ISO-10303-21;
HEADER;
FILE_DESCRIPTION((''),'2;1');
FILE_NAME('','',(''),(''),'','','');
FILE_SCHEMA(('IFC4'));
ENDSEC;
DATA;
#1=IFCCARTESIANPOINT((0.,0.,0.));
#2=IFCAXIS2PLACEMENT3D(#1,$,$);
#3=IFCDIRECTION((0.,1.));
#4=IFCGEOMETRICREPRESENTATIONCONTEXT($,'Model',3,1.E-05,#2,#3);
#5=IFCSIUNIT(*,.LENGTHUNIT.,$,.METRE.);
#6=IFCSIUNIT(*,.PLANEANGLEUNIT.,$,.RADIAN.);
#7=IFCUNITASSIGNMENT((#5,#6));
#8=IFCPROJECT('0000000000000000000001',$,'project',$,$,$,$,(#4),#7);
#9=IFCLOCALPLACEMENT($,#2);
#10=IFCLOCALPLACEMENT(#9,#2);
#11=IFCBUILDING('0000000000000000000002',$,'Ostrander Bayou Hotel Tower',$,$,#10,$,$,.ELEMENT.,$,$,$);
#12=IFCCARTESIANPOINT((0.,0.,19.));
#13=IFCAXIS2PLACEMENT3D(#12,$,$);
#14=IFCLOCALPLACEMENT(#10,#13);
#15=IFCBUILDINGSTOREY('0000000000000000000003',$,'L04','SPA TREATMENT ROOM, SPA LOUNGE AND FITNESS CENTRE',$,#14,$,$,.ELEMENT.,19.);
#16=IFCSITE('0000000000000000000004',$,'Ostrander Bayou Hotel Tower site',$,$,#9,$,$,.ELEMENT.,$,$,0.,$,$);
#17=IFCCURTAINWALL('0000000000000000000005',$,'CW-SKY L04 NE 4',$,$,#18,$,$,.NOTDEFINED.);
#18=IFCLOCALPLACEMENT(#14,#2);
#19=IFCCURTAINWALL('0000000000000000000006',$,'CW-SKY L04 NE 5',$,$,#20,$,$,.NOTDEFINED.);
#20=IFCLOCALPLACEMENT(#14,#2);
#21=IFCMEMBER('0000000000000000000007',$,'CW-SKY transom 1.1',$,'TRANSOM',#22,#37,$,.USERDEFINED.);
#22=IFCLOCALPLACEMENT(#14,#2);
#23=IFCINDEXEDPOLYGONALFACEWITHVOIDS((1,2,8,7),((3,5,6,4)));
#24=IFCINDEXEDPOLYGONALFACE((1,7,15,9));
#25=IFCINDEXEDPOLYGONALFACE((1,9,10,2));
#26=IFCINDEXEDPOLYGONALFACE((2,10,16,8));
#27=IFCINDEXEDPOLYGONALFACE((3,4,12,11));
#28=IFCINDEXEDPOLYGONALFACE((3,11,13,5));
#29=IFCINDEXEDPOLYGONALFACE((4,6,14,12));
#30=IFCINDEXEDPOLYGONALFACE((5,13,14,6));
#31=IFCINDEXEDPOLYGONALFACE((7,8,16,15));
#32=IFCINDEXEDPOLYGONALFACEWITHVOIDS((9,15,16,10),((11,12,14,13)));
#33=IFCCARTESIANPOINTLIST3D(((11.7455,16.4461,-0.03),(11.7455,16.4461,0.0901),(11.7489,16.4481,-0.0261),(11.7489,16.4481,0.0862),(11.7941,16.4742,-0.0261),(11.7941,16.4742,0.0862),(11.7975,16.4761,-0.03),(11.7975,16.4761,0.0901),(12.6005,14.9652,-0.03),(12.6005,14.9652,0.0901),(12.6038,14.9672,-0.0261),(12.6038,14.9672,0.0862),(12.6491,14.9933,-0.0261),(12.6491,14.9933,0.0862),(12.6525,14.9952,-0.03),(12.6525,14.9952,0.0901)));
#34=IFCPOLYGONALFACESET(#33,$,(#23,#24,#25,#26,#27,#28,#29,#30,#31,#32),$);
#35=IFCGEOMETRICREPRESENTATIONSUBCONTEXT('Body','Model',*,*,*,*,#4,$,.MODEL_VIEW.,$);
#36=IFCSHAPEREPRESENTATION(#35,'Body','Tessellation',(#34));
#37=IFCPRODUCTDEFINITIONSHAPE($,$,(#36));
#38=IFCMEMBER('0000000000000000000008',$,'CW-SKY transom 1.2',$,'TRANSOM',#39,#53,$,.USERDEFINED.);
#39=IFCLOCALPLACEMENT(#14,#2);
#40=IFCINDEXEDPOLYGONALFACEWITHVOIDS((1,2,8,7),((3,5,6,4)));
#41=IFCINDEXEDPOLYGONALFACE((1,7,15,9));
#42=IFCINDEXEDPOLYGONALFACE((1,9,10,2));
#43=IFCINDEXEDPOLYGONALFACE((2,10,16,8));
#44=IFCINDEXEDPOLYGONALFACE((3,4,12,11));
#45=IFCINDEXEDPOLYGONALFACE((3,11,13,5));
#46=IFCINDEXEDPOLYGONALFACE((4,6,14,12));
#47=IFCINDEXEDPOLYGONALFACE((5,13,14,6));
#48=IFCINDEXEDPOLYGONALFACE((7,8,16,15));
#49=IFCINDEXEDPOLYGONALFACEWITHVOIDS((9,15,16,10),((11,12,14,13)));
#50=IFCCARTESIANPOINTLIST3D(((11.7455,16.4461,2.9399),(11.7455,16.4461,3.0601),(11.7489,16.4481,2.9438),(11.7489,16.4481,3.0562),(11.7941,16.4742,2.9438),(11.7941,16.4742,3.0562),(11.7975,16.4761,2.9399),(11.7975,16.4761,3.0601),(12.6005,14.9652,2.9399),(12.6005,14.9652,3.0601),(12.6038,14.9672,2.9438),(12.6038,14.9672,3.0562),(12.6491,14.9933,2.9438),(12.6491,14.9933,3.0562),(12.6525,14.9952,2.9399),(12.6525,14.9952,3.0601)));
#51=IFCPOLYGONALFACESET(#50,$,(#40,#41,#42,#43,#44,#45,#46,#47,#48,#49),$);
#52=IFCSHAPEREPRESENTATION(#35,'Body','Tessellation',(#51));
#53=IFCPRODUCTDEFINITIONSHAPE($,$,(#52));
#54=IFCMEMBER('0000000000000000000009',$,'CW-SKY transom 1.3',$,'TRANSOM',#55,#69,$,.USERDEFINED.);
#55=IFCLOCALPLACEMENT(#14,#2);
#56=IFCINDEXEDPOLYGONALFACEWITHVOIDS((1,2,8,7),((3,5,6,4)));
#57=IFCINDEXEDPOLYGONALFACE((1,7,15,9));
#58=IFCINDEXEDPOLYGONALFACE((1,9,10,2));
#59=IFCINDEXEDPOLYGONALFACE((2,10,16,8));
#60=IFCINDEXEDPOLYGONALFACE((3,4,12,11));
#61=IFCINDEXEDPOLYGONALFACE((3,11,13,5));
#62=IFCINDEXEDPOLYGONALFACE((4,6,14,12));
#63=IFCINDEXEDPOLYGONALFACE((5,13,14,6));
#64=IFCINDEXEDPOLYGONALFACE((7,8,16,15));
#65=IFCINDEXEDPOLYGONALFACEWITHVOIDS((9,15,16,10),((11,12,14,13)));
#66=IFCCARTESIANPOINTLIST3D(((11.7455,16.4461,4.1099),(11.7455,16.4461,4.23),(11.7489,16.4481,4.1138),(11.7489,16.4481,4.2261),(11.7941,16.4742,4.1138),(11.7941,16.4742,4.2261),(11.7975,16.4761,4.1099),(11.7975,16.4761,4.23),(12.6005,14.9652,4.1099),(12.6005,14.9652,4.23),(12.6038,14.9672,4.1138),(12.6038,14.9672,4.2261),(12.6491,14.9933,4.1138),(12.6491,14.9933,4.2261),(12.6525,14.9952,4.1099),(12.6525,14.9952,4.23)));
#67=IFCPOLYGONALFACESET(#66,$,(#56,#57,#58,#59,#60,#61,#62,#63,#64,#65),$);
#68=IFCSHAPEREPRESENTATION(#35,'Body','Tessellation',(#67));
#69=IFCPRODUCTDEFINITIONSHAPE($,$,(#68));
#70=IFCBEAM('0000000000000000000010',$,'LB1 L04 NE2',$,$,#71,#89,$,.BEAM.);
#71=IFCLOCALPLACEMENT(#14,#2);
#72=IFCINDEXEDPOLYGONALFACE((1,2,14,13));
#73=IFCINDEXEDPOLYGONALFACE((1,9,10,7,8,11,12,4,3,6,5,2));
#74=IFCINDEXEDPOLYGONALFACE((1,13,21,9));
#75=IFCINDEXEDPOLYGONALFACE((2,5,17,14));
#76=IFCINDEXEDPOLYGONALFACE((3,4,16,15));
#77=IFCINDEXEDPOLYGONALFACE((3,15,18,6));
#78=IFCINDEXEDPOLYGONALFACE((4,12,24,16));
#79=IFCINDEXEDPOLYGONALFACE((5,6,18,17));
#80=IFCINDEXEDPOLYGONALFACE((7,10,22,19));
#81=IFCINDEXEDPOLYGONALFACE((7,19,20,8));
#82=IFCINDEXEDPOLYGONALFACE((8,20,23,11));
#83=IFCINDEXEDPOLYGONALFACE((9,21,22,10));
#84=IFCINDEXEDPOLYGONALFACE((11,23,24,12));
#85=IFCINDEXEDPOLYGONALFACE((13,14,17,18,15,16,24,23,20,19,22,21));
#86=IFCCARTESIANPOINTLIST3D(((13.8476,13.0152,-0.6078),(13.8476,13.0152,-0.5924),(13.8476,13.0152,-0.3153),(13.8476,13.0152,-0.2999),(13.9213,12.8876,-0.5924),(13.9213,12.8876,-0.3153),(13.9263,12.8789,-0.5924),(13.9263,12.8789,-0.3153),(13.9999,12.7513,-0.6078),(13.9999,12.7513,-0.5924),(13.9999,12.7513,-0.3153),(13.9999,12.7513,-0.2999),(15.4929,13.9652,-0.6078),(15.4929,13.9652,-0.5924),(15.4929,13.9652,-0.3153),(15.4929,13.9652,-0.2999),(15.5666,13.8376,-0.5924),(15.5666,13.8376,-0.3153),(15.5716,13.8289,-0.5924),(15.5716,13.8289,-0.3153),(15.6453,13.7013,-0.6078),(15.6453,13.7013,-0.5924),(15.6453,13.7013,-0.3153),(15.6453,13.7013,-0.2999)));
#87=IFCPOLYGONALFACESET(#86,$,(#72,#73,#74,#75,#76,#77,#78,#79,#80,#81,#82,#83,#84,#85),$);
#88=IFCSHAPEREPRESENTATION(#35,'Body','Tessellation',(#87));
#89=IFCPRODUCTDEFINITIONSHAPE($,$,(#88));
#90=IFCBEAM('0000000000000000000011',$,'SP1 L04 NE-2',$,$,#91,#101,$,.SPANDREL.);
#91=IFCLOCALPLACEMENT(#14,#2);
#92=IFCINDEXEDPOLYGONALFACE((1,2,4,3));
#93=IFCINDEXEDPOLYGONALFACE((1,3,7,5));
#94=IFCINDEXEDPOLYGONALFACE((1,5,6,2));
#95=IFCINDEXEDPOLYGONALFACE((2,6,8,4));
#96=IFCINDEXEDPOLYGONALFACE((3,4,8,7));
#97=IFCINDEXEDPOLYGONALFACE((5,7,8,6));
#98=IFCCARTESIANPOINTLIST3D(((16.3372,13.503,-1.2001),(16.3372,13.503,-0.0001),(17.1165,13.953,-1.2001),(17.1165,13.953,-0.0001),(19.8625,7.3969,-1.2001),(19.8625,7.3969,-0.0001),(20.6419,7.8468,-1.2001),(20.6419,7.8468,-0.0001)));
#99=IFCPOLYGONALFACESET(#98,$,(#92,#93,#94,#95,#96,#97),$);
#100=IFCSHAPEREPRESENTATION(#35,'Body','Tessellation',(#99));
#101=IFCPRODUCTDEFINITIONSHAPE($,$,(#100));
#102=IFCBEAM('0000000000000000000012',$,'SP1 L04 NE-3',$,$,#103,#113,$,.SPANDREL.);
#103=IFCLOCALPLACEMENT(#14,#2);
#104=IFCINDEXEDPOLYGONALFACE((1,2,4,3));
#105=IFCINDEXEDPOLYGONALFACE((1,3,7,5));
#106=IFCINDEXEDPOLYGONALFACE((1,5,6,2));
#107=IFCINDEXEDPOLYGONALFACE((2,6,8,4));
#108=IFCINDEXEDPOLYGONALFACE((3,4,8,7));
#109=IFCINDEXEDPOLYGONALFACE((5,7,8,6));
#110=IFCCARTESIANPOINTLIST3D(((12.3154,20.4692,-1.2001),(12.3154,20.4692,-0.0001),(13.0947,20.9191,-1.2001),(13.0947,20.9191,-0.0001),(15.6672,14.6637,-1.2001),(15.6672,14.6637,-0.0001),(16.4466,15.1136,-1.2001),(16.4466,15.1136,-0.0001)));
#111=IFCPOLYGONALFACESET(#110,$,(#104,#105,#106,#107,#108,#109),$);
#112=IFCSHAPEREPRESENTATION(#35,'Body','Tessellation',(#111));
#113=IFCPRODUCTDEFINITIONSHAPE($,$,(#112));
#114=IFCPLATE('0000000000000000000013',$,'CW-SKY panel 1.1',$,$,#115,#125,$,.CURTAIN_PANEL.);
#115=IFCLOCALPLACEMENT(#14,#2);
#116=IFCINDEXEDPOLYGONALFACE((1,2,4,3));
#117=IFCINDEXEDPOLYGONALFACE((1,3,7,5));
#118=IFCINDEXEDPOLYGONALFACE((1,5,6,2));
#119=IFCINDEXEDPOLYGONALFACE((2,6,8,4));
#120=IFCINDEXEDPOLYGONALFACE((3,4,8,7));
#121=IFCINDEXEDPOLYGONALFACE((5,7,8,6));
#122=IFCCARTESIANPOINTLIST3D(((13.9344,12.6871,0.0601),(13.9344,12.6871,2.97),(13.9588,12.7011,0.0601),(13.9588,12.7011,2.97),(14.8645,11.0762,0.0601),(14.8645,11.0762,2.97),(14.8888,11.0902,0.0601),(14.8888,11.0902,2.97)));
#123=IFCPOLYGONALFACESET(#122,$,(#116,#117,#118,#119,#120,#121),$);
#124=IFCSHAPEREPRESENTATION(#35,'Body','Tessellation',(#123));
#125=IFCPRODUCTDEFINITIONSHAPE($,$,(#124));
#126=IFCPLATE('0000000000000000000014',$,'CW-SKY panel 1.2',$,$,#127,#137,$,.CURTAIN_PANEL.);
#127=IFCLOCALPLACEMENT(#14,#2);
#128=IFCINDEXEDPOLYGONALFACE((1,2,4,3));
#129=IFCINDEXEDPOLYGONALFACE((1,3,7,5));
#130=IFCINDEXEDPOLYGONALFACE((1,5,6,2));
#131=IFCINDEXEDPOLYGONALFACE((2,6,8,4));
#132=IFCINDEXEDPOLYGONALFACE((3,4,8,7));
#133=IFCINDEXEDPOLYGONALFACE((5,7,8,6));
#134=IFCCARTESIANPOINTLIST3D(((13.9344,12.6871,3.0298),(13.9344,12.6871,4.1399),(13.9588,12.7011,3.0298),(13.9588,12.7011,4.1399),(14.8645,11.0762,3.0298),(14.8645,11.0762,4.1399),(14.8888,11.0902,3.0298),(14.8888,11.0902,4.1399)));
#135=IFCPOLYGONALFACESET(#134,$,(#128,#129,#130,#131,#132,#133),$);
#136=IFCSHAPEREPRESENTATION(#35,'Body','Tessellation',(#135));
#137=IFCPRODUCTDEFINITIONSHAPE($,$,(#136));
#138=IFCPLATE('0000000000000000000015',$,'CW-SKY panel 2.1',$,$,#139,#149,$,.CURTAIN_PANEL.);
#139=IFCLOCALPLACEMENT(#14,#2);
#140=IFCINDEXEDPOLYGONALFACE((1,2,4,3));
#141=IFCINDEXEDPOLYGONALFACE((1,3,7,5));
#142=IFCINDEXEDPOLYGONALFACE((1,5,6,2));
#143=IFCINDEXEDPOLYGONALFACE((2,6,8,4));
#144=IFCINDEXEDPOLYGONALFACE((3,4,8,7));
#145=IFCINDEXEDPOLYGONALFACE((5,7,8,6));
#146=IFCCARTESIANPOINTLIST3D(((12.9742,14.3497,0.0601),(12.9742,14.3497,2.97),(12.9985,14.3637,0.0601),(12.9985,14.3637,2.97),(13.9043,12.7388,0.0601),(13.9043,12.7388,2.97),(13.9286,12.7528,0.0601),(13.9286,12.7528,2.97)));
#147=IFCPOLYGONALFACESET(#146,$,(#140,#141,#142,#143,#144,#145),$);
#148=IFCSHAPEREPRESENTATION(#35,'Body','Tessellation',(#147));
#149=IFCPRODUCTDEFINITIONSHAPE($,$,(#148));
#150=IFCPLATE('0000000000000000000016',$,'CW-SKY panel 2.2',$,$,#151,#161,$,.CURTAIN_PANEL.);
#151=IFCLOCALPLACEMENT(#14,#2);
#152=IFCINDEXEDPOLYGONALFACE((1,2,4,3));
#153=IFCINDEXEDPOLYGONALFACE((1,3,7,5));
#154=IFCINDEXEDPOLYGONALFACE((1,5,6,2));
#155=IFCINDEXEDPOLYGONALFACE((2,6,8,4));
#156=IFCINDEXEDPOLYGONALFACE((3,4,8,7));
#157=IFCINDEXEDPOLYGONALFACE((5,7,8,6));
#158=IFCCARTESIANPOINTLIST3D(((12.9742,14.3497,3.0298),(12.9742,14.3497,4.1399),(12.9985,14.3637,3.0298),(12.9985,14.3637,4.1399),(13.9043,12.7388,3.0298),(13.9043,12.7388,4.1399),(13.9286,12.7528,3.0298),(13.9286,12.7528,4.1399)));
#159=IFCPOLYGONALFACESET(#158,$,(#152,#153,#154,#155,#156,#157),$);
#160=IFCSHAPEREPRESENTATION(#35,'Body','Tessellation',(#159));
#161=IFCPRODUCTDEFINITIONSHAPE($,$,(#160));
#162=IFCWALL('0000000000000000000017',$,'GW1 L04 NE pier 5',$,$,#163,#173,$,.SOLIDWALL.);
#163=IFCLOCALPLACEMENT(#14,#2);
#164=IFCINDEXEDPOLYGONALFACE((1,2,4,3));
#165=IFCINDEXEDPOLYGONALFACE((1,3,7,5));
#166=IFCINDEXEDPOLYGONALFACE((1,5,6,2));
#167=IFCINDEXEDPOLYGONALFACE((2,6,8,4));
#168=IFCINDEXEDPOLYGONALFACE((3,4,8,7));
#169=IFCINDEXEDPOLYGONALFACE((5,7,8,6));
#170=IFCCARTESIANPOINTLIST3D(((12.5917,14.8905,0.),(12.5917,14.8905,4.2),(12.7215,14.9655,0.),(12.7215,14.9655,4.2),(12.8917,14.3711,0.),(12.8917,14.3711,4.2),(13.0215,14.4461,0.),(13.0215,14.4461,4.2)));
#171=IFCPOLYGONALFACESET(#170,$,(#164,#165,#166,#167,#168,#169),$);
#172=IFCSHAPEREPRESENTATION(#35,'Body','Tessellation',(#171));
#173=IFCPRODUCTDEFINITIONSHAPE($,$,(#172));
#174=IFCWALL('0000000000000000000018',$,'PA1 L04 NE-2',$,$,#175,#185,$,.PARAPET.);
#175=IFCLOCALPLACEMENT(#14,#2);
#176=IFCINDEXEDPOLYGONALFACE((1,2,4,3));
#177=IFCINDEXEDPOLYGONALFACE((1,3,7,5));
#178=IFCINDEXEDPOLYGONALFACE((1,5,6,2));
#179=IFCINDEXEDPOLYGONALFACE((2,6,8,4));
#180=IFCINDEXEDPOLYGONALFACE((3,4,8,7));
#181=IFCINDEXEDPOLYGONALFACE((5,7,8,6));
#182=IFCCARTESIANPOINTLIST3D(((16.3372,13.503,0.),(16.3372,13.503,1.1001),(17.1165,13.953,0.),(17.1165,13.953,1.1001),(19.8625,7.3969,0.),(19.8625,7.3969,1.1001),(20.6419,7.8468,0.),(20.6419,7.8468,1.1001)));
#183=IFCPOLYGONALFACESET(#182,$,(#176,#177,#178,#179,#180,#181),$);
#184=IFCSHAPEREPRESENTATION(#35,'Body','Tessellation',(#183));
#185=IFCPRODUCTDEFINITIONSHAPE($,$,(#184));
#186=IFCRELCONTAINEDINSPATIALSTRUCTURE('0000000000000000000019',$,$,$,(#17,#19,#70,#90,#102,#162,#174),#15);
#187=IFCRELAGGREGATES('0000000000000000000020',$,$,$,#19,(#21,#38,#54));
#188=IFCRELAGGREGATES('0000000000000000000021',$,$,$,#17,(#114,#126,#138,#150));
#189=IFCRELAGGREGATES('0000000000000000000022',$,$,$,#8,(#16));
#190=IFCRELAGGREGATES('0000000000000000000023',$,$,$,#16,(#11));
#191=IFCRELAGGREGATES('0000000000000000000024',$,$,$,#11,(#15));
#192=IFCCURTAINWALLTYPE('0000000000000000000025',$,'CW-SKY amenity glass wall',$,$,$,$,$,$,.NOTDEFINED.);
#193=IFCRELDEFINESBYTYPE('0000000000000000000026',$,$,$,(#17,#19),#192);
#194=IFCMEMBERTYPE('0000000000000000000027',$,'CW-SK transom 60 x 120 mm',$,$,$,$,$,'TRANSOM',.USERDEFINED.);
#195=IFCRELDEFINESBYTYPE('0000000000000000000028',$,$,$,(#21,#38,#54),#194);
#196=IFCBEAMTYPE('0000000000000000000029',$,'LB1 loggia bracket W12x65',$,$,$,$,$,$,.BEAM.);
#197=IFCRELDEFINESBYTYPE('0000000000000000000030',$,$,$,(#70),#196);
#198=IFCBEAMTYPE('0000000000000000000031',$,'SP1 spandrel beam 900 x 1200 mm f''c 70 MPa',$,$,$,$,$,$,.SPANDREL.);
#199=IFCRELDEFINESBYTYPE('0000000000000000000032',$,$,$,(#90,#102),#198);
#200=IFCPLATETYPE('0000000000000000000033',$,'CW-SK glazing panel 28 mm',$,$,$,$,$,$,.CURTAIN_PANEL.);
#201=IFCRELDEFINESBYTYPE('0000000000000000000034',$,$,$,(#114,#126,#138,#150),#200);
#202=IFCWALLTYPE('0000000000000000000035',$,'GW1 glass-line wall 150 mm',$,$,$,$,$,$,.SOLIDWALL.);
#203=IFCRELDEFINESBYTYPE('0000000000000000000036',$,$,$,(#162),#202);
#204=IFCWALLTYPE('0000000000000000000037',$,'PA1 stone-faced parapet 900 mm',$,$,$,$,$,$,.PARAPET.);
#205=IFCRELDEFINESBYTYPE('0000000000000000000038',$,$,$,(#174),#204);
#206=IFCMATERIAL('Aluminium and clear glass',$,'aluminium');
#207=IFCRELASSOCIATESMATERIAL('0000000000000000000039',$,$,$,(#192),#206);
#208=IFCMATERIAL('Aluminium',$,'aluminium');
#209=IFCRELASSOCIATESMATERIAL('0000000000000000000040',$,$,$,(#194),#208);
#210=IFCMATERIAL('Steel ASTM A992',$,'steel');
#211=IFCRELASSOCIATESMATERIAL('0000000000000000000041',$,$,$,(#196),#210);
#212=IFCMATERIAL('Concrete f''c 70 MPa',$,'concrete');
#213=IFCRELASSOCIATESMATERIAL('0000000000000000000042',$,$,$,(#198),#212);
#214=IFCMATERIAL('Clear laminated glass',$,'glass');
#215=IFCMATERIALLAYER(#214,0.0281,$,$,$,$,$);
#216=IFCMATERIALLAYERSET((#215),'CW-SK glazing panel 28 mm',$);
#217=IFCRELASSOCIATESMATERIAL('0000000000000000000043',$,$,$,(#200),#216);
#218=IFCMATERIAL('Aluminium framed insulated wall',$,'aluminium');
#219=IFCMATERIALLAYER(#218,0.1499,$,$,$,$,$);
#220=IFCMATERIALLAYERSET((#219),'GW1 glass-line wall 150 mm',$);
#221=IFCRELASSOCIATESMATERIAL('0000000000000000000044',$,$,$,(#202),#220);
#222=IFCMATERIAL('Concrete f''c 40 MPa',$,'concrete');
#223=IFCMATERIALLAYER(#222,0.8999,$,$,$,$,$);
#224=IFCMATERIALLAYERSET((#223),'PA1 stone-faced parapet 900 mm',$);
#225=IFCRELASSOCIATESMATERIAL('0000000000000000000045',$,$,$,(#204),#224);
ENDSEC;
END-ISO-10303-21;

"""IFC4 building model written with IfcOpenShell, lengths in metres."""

from ifc_helpers import new_model, si_unit, direction, frame, frame_2d, origin, origin_2d, place, context, subcontext, project, spatial, rectangle, hollow_rectangle, i_section, extrude, material, layer, layer_set, material_profile, profile_set, type_object, element, aggregate, save


model = new_model("IFC4")

# Units and contexts
model_context = context("Model", 3, precision=1e-05, world=origin(), true_north=direction((0.0, 1.0)))
body_context = subcontext(model_context, "Body", "Model", "MODEL_VIEW")
ifc_project = project(units=[si_unit("LENGTHUNIT", "METRE"), si_unit("PLANEANGLEUNIT", "RADIAN")], contexts=[model_context])

# Site, building, storey
site_placement = place(None, origin())
site = spatial("IfcSite", under=ifc_project, at=site_placement, Name="Ostrander Bayou Hotel Tower site", CompositionType="ELEMENT", RefElevation=0.0)
building_placement = place(site_placement, origin())
building = spatial("IfcBuilding", under=site, at=building_placement, Name="Ostrander Bayou Hotel Tower", CompositionType="ELEMENT")
storey_placement = place(building_placement, frame((0.0, 0.0, 19.0)))
storey = spatial("IfcBuildingStorey", under=building, at=storey_placement, Name="L04", Description="SPA TREATMENT ROOM, SPA LOUNGE AND FITNESS CENTRE", CompositionType="ELEMENT", Elevation=19.0)

# Curtain wall
ifc_material_1 = material(Name="Aluminium and clear glass", Category="aluminium")
curtain_wall_type = type_object("IfcCurtainWallType", Name="CW-SKY amenity glass wall", PredefinedType="NOTDEFINED", material=ifc_material_1)
curtain_wall_1_placement = place(storey_placement, origin())
curtain_wall_1 = element("IfcCurtainWall", 1, at=curtain_wall_1_placement, inside=storey, type_object=curtain_wall_type, Name="CW-SKY L04 NE 4", PredefinedType="NOTDEFINED")

# Curtain wall
curtain_wall_2_placement = place(storey_placement, origin())
curtain_wall_2 = element("IfcCurtainWall", 2, at=curtain_wall_2_placement, inside=storey, type_object=curtain_wall_type, Name="CW-SKY L04 NE 5", PredefinedType="NOTDEFINED")

# Members
ifc_material_2 = material(Name="Aluminium", Category="aluminium")
ifc_material_profile_1 = material_profile(ifc_material_2, hollow_rectangle(XDim=0.0601, YDim=0.1201, WallThickness=0.0039, at=origin_2d()))
ifc_profile_set_1 = profile_set([ifc_material_profile_1], Name="Aluminium")
member_type_1 = type_object("IfcMemberType", Name="CW-SK transom 60 x 120 mm", ElementType="TRANSOM", PredefinedType="USERDEFINED", material=ifc_profile_set_1)
member_1_placement = place(storey_placement, frame((12.6265, 14.9802, 0.03), z_axis=(-0.499978, 0.866038, 0.0), x_axis=(-0.866038, -0.499978, 0.0)))
member_1 = element("IfcMember", 3, at=member_1_placement, type_object=member_type_1, Name="CW-SKY transom 1.1", ObjectType="TRANSOM", PredefinedType="USERDEFINED", context=body_context, shape_type="SweptSolid", body=[
    extrude(hollow_rectangle(XDim=0.0601, YDim=0.1201, WallThickness=0.0039, at=origin_2d()), origin(), (0.0, 0.0, 1.0), 1.71),
])
member_2_placement = place(storey_placement, frame((12.6265, 14.9802, 3.0), z_axis=(-0.499978, 0.866038, 0.0), x_axis=(-0.866038, -0.499978, 0.0)))
member_2 = element("IfcMember", 4, at=member_2_placement, type_object=member_type_1, Name="CW-SKY transom 1.2", ObjectType="TRANSOM", PredefinedType="USERDEFINED", context=body_context, shape_type="SweptSolid", body=[
    extrude(hollow_rectangle(XDim=0.0601, YDim=0.1201, WallThickness=0.0039, at=origin_2d()), origin(), (0.0, 0.0, 1.0), 1.71),
])
member_3_placement = place(storey_placement, frame((12.6265, 14.9802, 4.1699), z_axis=(-0.499978, 0.866038, 0.0), x_axis=(-0.866038, -0.499978, 0.0)))
member_3 = element("IfcMember", 5, at=member_3_placement, type_object=member_type_1, Name="CW-SKY transom 1.3", ObjectType="TRANSOM", PredefinedType="USERDEFINED", context=body_context, shape_type="SweptSolid", body=[
    extrude(hollow_rectangle(XDim=0.0601, YDim=0.1201, WallThickness=0.0039, at=origin_2d()), origin(), (0.0, 0.0, 1.0), 1.71),
])
aggregate(curtain_wall_2, [member_1, member_2, member_3])

# Beams
ifc_material_3 = material(Name="Steel ASTM A992", Category="steel")
ifc_material_profile_2 = material_profile(ifc_material_3, i_section(OverallWidth=0.3047, OverallDepth=0.3079, WebThickness=0.01, FlangeThickness=0.0154, at=origin_2d()))
ifc_profile_set_2 = profile_set([ifc_material_profile_2], Name="Steel ASTM A992")
beam_type_1 = type_object("IfcBeamType", Name="LB1 loggia bracket W12x65", PredefinedType="BEAM", material=ifc_profile_set_2)
beam_1_placement = place(storey_placement, frame((15.5691, 13.8333, -0.4539), z_axis=(-0.866012, -0.500023, 0.0), x_axis=(0.500023, -0.866012, 0.0)))
element("IfcBeam", 6, at=beam_1_placement, inside=storey, type_object=beam_type_1, Name="LB1 L04 NE2", PredefinedType="BEAM", context=body_context, shape_type="SweptSolid", body=[
    extrude(i_section(OverallWidth=0.3047, OverallDepth=0.3079, WebThickness=0.01, FlangeThickness=0.0154, at=origin_2d()), origin(), (0.0, 0.0, 1.0), 1.8999),
])
ifc_material_4 = material(Name="Concrete f'c 70 MPa", Category="concrete")
ifc_material_profile_3 = material_profile(ifc_material_4, rectangle(XDim=0.8999, YDim=1.2, at=origin_2d()))
ifc_profile_set_3 = profile_set([ifc_material_profile_3], Name="Concrete f'c 70 MPa")
beam_type_2 = type_object("IfcBeamType", Name="SP1 spandrel beam 900 x 1200 mm f'c 70 MPa", PredefinedType="SPANDREL", material=ifc_profile_set_3)
beam_2_placement = place(storey_placement, frame((20.2522, 7.6218, -0.6001), z_axis=(-0.499997, 0.866027, 0.0), x_axis=(-0.866027, -0.499997, 0.0)))
element("IfcBeam", 7, at=beam_2_placement, inside=storey, type_object=beam_type_2, Name="SP1 L04 NE-2", PredefinedType="SPANDREL", context=body_context, shape_type="SweptSolid", body=[
    extrude(rectangle(XDim=0.8999, YDim=1.2, at=origin_2d()), origin(), (0.0, 0.0, 1.0), 7.0508),
])
beam_3_placement = place(storey_placement, frame((16.0569, 14.8887, -0.6001), z_axis=(-0.500005, 0.866022, 0.0), x_axis=(-0.866022, -0.500005, 0.0)))
element("IfcBeam", 8, at=beam_3_placement, inside=storey, type_object=beam_type_2, Name="SP1 L04 NE-3", PredefinedType="SPANDREL", context=body_context, shape_type="SweptSolid", body=[
    extrude(rectangle(XDim=0.8999, YDim=1.2, at=origin_2d()), origin(), (0.0, 0.0, 1.0), 6.7036),
])

# Plates
ifc_material_5 = material(Name="Clear laminated glass", Category="glass")
ifc_layer_1 = layer(ifc_material_5, 0.0281)
ifc_layer_set_1 = layer_set([ifc_layer_1], Name="CW-SK glazing panel 28 mm")
plate_type = type_object("IfcPlateType", Name="CW-SK glazing panel 28 mm", PredefinedType="CURTAIN_PANEL", material=ifc_layer_set_1)
plate_1_placement = place(storey_placement, frame((14.4116, 11.8887, 0.0601), z_axis=(0.0, 0.0, 1.0), x_axis=(-0.5, 0.866025, 0.0)))
plate_1 = element("IfcPlate", 9, at=plate_1_placement, type_object=plate_type, Name="CW-SKY panel 1.1", PredefinedType="CURTAIN_PANEL", context=body_context, shape_type="SweptSolid", body=[
    extrude(rectangle(XDim=1.8601, YDim=0.0281, at=origin_2d()), origin(), (0.0, 0.0, 1.0), 2.9099),
])
plate_2_placement = place(storey_placement, frame((14.4116, 11.8887, 3.0298), z_axis=(0.0, 0.0, 1.0), x_axis=(-0.5, 0.866025, 0.0)))
plate_2 = element("IfcPlate", 10, at=plate_2_placement, type_object=plate_type, Name="CW-SKY panel 1.2", PredefinedType="CURTAIN_PANEL", context=body_context, shape_type="SweptSolid", body=[
    extrude(rectangle(XDim=1.8601, YDim=0.0281, at=origin_2d()), origin(), (0.0, 0.0, 1.0), 1.1101),
])
plate_3_placement = place(storey_placement, frame((13.4514, 13.5513, 0.0601), z_axis=(0.0, 0.0, 1.0), x_axis=(-0.5, 0.866025, 0.0)))
plate_3 = element("IfcPlate", 11, at=plate_3_placement, type_object=plate_type, Name="CW-SKY panel 2.1", PredefinedType="CURTAIN_PANEL", context=body_context, shape_type="SweptSolid", body=[
    extrude(rectangle(XDim=1.8601, YDim=0.0281, at=origin_2d()), origin(), (0.0, 0.0, 1.0), 2.9099),
])
plate_4_placement = place(storey_placement, frame((13.4514, 13.5513, 3.0298), z_axis=(0.0, 0.0, 1.0), x_axis=(-0.5, 0.866025, 0.0)))
plate_4 = element("IfcPlate", 12, at=plate_4_placement, type_object=plate_type, Name="CW-SKY panel 2.2", PredefinedType="CURTAIN_PANEL", context=body_context, shape_type="SweptSolid", body=[
    extrude(rectangle(XDim=1.8601, YDim=0.0281, at=origin_2d()), origin(), (0.0, 0.0, 1.0), 1.1101),
])
aggregate(curtain_wall_1, [plate_1, plate_2, plate_3, plate_4])

# Shared definitions
ifc_material_6 = material(Name="Aluminium framed insulated wall", Category="aluminium")
ifc_layer_2 = layer(ifc_material_6, 0.1499)
ifc_layer_set_2 = layer_set([ifc_layer_2], Name="GW1 glass-line wall 150 mm")
wall_type_1 = type_object("IfcWallType", Name="GW1 glass-line wall 150 mm", PredefinedType="SOLIDWALL", material=ifc_layer_set_2)

# Walls
wall_1_placement = place(storey_placement, frame((12.9565, 14.4087, 0.0), z_axis=(0.0, 0.0, 1.0), x_axis=(-0.500122, 0.865955, 0.0)))
element("IfcWall", 13, at=wall_1_placement, inside=storey, type_object=wall_type_1, Name="GW1 L04 NE pier 5", PredefinedType="SOLIDWALL", context=body_context, shape_type="SweptSolid", body=[
    extrude(rectangle(XDim=0.5999, YDim=0.1499, at=frame_2d((0.2998, 0.0))), origin(), (0.0, 0.0, 1.0), 4.2),
])
ifc_material_7 = material(Name="Concrete f'c 40 MPa", Category="concrete")
ifc_layer_3 = layer(ifc_material_7, 0.8999)
ifc_layer_set_3 = layer_set([ifc_layer_3], Name="PA1 stone-faced parapet 900 mm")
wall_type_2 = type_object("IfcWallType", Name="PA1 stone-faced parapet 900 mm", PredefinedType="PARAPET", material=ifc_layer_set_3)
wall_2_placement = place(storey_placement, frame((20.2522, 7.6218, 0.0), z_axis=(0.0, 0.0, 1.0), x_axis=(-0.499997, 0.866027, 0.0)))
element("IfcWall", 14, at=wall_2_placement, inside=storey, type_object=wall_type_2, Name="PA1 L04 NE-2", PredefinedType="PARAPET", context=body_context, shape_type="SweptSolid", body=[
    extrude(rectangle(XDim=7.0508, YDim=0.8999, at=frame_2d((3.5254, 0.0))), origin(), (0.0, 0.0, 1.0), 1.1001),
])

save(model, "model.ifc")
